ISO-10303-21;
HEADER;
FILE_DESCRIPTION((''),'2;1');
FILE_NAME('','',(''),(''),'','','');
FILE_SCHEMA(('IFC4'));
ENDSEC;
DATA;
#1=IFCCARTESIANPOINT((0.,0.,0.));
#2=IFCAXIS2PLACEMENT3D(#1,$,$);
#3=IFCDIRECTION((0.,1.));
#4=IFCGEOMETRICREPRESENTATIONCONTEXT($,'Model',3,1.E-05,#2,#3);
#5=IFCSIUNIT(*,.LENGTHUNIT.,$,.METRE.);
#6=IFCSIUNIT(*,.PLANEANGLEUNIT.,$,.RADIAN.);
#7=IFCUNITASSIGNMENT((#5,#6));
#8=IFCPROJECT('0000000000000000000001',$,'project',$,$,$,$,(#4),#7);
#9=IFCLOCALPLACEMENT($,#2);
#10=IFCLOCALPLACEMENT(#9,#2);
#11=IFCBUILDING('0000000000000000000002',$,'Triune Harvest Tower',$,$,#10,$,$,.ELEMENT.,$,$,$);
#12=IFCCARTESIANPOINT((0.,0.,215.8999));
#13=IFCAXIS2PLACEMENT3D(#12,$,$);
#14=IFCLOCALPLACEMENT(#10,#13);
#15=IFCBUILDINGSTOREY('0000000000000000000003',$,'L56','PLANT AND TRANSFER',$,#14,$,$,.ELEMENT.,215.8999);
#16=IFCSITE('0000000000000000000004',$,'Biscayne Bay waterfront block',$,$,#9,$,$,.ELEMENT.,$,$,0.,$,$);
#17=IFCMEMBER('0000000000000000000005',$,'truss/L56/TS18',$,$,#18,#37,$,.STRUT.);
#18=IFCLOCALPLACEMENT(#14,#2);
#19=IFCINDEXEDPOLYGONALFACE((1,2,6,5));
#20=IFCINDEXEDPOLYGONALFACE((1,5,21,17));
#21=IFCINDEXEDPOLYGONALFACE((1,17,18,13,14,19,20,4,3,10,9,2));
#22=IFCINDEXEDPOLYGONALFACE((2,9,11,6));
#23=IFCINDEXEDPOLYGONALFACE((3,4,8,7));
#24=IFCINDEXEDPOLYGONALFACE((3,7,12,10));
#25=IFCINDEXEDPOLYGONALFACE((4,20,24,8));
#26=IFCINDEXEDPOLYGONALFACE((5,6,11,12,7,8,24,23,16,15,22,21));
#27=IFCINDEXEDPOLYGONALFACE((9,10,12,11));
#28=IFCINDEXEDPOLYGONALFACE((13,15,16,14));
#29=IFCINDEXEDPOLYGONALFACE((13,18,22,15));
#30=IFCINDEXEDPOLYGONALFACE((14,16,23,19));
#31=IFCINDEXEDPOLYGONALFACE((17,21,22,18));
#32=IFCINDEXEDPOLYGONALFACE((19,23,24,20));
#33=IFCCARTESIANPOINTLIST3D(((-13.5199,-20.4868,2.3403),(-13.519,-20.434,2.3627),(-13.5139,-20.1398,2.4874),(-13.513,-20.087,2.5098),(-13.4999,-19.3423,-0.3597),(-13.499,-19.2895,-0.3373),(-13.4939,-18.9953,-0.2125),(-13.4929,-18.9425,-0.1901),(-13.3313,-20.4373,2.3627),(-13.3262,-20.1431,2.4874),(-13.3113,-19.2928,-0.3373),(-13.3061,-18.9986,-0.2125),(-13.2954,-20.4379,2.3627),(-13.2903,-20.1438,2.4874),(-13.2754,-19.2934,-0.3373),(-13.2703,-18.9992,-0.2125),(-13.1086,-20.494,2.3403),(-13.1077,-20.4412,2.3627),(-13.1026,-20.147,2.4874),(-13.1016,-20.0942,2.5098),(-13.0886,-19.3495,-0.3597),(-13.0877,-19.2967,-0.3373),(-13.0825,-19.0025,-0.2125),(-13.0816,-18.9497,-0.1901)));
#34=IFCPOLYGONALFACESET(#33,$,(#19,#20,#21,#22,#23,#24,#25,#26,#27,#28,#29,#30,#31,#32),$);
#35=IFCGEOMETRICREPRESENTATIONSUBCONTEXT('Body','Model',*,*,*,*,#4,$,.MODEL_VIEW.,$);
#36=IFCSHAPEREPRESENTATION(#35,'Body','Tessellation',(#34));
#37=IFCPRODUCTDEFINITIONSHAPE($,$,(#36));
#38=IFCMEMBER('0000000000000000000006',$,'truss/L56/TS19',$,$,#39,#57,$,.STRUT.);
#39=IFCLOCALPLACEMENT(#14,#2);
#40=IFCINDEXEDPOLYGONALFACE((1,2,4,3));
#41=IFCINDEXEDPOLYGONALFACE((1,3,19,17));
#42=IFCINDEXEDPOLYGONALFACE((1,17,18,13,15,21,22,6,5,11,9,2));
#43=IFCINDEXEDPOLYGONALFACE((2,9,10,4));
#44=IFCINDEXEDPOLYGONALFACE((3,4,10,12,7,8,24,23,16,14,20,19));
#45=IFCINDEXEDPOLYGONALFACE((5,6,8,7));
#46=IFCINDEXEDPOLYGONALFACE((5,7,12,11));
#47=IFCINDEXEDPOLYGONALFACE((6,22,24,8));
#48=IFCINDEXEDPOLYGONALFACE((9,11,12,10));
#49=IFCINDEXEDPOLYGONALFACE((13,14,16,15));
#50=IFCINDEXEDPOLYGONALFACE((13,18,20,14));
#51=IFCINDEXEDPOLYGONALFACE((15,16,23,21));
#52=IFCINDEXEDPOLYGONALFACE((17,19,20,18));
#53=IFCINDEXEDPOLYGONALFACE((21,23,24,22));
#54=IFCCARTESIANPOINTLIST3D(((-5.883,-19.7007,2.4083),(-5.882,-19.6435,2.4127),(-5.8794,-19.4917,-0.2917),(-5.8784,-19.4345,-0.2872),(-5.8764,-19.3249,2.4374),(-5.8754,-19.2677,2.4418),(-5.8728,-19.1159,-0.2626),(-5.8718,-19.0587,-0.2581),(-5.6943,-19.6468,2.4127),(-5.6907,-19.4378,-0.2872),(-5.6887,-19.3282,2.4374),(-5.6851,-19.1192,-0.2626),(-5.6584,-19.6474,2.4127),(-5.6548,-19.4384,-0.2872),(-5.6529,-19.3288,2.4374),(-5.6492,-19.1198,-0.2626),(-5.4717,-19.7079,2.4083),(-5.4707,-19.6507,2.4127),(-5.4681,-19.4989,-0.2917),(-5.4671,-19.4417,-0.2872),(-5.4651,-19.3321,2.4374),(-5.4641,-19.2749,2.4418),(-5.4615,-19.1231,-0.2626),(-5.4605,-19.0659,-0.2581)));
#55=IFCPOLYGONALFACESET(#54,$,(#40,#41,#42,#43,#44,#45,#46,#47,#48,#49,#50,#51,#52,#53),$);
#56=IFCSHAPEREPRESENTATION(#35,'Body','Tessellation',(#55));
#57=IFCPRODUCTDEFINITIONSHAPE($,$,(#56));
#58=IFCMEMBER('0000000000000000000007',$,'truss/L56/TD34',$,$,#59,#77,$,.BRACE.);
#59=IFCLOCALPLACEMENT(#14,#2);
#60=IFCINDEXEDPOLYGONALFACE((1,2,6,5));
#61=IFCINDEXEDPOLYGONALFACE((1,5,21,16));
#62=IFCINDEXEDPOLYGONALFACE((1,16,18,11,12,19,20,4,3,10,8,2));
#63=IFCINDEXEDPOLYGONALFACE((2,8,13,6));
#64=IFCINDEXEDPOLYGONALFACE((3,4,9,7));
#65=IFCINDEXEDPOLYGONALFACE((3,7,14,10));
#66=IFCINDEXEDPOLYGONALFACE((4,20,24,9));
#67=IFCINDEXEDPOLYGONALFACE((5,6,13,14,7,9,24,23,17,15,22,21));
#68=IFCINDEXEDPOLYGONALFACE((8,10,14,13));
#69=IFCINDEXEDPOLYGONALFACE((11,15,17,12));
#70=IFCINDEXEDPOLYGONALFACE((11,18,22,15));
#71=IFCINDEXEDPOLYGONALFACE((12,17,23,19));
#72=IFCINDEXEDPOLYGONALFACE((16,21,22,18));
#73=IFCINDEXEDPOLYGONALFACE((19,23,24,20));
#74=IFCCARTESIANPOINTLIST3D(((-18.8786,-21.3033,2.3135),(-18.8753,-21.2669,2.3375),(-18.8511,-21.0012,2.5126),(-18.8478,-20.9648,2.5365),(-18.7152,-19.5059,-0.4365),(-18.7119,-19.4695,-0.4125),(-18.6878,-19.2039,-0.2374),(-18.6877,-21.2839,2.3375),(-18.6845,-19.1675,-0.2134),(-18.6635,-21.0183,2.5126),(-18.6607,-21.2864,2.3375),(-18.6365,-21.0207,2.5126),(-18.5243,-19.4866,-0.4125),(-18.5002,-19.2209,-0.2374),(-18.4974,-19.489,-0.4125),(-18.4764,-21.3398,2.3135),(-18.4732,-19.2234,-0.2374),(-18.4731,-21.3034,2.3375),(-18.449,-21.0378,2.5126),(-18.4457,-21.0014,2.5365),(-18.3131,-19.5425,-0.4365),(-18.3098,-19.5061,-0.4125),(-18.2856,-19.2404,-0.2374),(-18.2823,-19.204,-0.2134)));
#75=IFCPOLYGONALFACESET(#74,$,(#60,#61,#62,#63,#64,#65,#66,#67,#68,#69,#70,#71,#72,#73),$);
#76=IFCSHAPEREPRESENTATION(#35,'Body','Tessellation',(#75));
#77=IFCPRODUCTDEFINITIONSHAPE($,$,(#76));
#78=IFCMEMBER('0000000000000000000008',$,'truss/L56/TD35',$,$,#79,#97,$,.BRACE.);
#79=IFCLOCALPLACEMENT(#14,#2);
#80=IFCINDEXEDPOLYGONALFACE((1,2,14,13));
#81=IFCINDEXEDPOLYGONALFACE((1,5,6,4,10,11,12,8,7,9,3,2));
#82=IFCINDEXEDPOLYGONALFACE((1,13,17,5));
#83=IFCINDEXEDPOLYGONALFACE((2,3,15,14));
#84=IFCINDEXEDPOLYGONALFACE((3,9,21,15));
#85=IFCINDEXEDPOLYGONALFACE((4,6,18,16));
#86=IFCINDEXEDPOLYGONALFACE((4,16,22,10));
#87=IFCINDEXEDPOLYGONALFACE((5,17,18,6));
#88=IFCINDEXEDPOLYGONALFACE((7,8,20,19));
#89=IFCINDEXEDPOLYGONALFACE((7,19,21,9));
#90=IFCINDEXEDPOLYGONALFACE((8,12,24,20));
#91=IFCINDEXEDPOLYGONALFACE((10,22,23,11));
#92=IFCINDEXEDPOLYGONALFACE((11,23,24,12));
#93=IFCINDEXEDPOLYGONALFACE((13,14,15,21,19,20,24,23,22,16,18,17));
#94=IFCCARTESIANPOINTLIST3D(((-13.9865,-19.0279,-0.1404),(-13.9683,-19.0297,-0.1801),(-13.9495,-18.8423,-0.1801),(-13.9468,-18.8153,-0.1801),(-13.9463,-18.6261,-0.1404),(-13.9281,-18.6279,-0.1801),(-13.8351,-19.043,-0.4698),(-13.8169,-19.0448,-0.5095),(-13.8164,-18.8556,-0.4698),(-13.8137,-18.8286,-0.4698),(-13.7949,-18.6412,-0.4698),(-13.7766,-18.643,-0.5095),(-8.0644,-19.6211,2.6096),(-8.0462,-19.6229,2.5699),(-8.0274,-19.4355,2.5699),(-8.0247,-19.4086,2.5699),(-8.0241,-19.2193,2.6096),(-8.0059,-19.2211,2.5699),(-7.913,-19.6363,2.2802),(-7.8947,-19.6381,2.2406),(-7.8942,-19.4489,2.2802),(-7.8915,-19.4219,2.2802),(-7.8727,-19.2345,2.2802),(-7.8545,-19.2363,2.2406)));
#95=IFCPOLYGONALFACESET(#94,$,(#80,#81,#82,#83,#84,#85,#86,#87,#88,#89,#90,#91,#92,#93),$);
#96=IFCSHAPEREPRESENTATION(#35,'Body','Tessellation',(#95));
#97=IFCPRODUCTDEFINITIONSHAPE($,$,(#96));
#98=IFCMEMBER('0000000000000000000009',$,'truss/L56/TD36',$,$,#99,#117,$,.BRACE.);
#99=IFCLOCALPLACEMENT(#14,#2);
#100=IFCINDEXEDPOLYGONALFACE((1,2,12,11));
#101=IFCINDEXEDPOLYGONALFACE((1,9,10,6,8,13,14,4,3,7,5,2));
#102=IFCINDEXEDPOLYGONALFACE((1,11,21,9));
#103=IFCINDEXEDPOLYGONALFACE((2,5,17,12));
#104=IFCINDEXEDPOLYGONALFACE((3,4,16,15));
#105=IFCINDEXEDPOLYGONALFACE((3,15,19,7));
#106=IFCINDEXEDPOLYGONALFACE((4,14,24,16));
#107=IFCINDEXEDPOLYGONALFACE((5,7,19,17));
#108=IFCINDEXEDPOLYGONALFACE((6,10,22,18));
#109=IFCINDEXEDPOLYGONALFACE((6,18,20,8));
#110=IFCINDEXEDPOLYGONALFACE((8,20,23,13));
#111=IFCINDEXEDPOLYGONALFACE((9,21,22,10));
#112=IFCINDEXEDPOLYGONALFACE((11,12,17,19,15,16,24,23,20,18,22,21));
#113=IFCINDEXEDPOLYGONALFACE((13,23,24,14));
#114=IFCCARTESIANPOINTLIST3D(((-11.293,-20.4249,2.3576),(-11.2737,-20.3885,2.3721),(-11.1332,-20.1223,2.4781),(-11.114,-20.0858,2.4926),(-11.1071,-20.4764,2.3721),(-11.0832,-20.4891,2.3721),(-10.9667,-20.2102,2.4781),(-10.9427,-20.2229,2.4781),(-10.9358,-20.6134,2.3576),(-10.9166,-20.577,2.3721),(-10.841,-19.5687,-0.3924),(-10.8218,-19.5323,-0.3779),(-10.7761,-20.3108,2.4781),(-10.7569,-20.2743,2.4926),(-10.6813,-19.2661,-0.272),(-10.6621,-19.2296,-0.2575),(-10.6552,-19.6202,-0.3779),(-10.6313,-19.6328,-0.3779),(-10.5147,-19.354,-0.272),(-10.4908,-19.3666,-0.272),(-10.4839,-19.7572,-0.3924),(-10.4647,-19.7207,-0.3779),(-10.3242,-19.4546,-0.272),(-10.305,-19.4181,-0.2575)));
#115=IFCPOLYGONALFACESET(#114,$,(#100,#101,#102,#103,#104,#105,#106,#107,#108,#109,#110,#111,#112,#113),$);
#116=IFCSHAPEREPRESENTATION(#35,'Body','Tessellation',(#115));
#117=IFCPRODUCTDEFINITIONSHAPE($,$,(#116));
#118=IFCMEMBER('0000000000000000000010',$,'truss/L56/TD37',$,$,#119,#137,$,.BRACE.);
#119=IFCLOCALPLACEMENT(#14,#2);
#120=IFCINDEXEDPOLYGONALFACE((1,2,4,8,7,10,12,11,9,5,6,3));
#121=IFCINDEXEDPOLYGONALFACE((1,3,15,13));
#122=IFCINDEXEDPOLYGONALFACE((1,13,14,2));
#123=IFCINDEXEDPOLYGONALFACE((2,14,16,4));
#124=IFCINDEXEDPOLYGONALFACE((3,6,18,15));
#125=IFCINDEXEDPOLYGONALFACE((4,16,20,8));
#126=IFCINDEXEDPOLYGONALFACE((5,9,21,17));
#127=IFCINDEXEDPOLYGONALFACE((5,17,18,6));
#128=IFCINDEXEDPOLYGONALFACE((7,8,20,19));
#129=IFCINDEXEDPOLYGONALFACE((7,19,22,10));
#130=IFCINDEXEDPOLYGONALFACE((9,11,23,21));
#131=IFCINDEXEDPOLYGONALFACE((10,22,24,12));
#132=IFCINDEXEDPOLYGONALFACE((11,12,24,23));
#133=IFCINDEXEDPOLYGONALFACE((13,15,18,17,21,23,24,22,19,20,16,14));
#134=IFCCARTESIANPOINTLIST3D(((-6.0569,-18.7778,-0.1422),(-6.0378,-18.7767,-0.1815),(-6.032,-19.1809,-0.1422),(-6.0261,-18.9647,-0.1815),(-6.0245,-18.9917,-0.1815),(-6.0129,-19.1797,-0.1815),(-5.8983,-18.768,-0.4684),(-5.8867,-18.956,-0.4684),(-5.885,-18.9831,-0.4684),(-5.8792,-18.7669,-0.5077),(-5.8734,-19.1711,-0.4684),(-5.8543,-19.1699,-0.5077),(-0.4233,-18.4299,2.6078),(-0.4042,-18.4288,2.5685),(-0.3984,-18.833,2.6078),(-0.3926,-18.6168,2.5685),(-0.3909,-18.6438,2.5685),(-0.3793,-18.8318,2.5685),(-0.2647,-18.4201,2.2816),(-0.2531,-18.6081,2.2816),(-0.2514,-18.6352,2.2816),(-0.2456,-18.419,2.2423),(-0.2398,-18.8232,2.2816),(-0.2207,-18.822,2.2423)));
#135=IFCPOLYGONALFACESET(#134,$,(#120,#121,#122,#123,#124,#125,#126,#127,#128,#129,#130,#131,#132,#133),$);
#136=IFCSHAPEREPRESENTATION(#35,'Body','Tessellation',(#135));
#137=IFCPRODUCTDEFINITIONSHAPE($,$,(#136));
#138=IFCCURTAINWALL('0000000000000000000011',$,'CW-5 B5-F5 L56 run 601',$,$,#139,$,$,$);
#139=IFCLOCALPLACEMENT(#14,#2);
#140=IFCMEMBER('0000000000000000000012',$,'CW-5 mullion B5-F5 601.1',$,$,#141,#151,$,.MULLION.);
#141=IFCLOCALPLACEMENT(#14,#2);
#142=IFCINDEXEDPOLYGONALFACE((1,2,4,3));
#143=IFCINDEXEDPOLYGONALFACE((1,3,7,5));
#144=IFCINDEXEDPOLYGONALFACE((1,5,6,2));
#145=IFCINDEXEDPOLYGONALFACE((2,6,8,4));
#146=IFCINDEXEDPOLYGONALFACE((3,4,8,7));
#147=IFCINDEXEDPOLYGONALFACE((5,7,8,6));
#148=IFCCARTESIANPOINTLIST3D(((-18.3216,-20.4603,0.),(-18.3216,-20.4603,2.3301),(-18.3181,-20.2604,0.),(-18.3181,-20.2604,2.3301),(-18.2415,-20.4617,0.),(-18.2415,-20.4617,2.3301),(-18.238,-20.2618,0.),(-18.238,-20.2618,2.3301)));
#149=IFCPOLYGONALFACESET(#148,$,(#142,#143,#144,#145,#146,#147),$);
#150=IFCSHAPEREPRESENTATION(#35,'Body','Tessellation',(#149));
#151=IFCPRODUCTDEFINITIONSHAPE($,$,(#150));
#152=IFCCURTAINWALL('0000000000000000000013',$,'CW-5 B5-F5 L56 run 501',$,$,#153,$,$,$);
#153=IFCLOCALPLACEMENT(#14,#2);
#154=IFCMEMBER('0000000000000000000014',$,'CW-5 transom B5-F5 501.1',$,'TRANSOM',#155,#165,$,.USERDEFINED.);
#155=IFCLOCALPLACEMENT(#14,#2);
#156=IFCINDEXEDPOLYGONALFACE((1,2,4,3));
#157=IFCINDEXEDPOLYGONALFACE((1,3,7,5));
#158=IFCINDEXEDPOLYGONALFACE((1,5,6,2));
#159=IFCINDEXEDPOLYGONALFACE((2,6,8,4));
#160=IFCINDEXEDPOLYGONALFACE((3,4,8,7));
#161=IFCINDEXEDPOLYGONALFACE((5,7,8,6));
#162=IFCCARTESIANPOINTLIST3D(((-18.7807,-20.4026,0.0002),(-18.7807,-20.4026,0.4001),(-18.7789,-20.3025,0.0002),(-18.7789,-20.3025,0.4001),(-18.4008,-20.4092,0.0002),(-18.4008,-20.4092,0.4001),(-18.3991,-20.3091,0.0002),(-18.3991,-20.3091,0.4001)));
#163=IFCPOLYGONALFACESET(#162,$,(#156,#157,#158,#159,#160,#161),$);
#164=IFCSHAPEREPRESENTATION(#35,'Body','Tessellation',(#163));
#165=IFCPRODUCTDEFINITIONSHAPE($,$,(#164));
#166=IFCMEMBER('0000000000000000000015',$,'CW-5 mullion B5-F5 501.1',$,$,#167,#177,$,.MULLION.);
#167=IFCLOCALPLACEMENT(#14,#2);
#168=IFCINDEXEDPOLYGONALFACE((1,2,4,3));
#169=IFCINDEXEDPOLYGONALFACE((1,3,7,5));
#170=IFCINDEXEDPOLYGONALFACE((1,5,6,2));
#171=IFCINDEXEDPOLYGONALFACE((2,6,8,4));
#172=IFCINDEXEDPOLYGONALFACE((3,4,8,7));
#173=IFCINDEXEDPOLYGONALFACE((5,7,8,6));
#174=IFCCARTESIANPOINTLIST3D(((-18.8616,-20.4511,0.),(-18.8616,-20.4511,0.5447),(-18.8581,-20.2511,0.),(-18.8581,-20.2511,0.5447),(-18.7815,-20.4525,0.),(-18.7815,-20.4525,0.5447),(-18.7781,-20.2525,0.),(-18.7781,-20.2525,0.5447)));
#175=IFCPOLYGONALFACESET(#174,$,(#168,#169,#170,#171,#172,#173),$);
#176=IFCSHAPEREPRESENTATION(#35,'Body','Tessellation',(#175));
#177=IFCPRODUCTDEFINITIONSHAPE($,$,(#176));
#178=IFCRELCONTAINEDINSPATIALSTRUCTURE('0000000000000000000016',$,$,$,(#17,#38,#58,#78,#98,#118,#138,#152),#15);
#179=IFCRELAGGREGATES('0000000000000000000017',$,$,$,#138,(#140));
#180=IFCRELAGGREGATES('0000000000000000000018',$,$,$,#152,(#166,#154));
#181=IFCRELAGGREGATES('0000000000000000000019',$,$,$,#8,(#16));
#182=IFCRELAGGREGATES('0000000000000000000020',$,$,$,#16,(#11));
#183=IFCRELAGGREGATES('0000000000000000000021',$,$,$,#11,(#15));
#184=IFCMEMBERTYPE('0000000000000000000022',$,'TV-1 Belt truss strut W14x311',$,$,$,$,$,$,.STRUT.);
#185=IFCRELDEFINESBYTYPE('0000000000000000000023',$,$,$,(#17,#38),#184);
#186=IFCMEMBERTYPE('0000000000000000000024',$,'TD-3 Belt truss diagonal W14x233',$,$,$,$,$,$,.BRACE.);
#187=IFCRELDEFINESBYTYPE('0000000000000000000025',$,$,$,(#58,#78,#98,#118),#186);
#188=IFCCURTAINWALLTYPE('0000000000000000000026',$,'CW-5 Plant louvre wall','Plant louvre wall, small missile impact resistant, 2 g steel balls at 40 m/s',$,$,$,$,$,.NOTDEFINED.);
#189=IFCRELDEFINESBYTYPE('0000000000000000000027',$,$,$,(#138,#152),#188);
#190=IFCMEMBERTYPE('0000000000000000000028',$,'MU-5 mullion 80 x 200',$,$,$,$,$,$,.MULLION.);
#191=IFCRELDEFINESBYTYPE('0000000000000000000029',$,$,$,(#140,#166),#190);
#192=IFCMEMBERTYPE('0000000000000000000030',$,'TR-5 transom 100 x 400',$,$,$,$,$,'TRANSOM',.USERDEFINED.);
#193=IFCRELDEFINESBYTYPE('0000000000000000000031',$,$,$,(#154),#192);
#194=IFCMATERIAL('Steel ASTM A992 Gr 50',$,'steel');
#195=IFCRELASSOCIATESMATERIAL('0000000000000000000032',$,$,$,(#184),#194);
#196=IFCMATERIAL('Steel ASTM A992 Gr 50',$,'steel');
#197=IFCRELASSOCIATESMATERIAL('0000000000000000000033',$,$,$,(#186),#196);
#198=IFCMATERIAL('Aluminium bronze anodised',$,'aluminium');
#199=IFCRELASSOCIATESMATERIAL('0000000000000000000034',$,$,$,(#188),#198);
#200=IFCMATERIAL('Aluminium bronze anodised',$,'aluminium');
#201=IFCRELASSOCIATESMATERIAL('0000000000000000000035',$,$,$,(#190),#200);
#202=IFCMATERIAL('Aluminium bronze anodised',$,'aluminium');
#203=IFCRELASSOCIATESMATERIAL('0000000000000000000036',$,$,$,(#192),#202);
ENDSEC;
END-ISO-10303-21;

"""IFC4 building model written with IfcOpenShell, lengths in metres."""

from ifc_helpers import new_model, si_unit, direction, frame, origin, origin_2d, place, context, subcontext, project, spatial, rectangle, i_section, extrude, source, transform, mapped, material, material_profile, profile_set, type_object, element, aggregate, save


model = new_model("IFC4")

# Units and contexts
model_context = context("Model", 3, precision=1e-05, world=origin(), true_north=direction((0.0, 1.0)))
body_context = subcontext(model_context, "Body", "Model", "MODEL_VIEW")
ifc_project = project(units=[si_unit("LENGTHUNIT", "METRE"), si_unit("PLANEANGLEUNIT", "RADIAN")], contexts=[model_context])

# Site, building, storey
site_placement = place(None, origin())
site = spatial("IfcSite", under=ifc_project, at=site_placement, Name="Biscayne Bay waterfront block", CompositionType="ELEMENT", RefElevation=0.0)
building_placement = place(site_placement, origin())
building = spatial("IfcBuilding", under=site, at=building_placement, Name="Triune Harvest Tower", CompositionType="ELEMENT")
storey_placement = place(building_placement, frame((0.0, 0.0, 215.8999)))
storey = spatial("IfcBuildingStorey", under=building, at=storey_placement, Name="L56", Description="PLANT AND TRANSFER", CompositionType="ELEMENT", Elevation=215.8999)

# Members
ifc_material_1 = material(Name="Steel ASTM A992 Gr 50", Category="steel")
ifc_material_profile_1 = material_profile(ifc_material_1, i_section(OverallWidth=0.4114, OverallDepth=0.4343, WebThickness=0.0359, FlangeThickness=0.0574, at=origin_2d()), Name="W14x311")
ifc_profile_set_1 = profile_set([ifc_material_profile_1], Name="Steel ASTM A992 Gr 50")
member_type_1 = type_object("IfcMemberType", Name="TV-1 Belt truss strut W14x311", PredefinedType="STRUT", material=ifc_profile_set_1)
shared_shape_1 = source(origin(), body_context, "Body", "SweptSolid", [
    extrude(i_section(OverallWidth=0.4114, OverallDepth=0.4343, WebThickness=0.0359, FlangeThickness=0.0574, at=origin_2d()), origin(), (0.0, 0.0, 1.0), 2.9326),
])
member_1_placement = place(storey_placement, frame((-13.2908, -19.146, -0.2749), z_axis=(-0.006827, -0.39028, 0.920671), x_axis=(0.999847, -0.017489, 0.0)))
element("IfcMember", 1, at=member_1_placement, inside=storey, type_object=member_type_1, Name="truss/L56/TS18", PredefinedType="STRUT", context=body_context, shape_type="MappedRepresentation", body=[
    mapped(shared_shape_1, transform((0.0, 0.0, 0.0), scale=1.0)),
])
shared_shape_2 = source(origin(), body_context, "Body", "SweptSolid", [
    extrude(i_section(OverallWidth=0.4114, OverallDepth=0.4343, WebThickness=0.0359, FlangeThickness=0.0574, at=origin_2d()), origin(), (0.0, 0.0, 1.0), 2.708),
])
member_2_placement = place(storey_placement, frame((-5.6699, -19.2788, -0.2749), z_axis=(-0.001352, -0.077172, 0.997017), x_axis=(0.999847, -0.017521, 0.0)))
element("IfcMember", 2, at=member_2_placement, inside=storey, type_object=member_type_1, Name="truss/L56/TS19", PredefinedType="STRUT", context=body_context, shape_type="MappedRepresentation", body=[
    mapped(shared_shape_2, transform((0.0, 0.0, 0.0), scale=1.0)),
])
ifc_material_2 = material(Name="Steel ASTM A992 Gr 50", Category="steel")
ifc_material_profile_2 = material_profile(ifc_material_2, i_section(OverallWidth=0.4038, OverallDepth=0.4065, WebThickness=0.0271, FlangeThickness=0.0437, at=origin_2d()), Name="W14x233")
ifc_profile_set_2 = profile_set([ifc_material_profile_2], Name="Steel ASTM A992 Gr 50")
member_type_2 = type_object("IfcMemberType", Name="TD-3 Belt truss diagonal W14x233", PredefinedType="BRACE", material=ifc_profile_set_2)
shared_shape_3 = source(origin(), body_context, "Body", "SweptSolid", [
    extrude(i_section(OverallWidth=0.4038, OverallDepth=0.4065, WebThickness=0.0271, FlangeThickness=0.0437, at=origin_2d()), origin(), (0.0, 0.0, 1.0), 3.2893),
])
member_3_placement = place(storey_placement, frame((-18.4988, -19.355, -0.325), z_axis=(-0.049655, -0.546422, 0.836037), x_axis=(0.995897, -0.090499, 0.0)))
element("IfcMember", 3, at=member_3_placement, inside=storey, type_object=member_type_2, Name="truss/L56/TD34", PredefinedType="BRACE", context=body_context, shape_type="MappedRepresentation", body=[
    mapped(shared_shape_3, transform((0.0, 0.0, 0.0), scale=1.0)),
])
shared_shape_4 = source(origin(), body_context, "Body", "SweptSolid", [
    extrude(i_section(OverallWidth=0.4038, OverallDepth=0.4065, WebThickness=0.0271, FlangeThickness=0.0437, at=origin_2d()), origin(), (0.0, 0.0, 1.0), 6.5564),
])
member_4_placement = place(storey_placement, frame((-13.8816, -18.8354, -0.325), z_axis=(0.903262, -0.090486, 0.41944), x_axis=(0.099678, 0.99502, 0.0)))
element("IfcMember", 4, at=member_4_placement, inside=storey, type_object=member_type_2, Name="truss/L56/TD35", PredefinedType="BRACE", context=body_context, shape_type="MappedRepresentation", body=[
    mapped(shared_shape_4, transform((0.0, 0.0, 0.0), scale=1.0)),
])
shared_shape_5 = source(origin(), body_context, "Body", "SweptSolid", [
    extrude(i_section(OverallWidth=0.4038, OverallDepth=0.4065, WebThickness=0.0271, FlangeThickness=0.0437, at=origin_2d()), origin(), (0.0, 0.0, 1.0), 2.9155),
])
member_5_placement = place(storey_placement, frame((-10.573, -19.4934, -0.325), z_axis=(-0.155004, -0.293678, 0.943253), x_axis=(0.884376, -0.466775, 0.0)))
element("IfcMember", 5, at=member_5_placement, inside=storey, type_object=member_type_2, Name="truss/L56/TD36", PredefinedType="BRACE", context=body_context, shape_type="MappedRepresentation", body=[
    mapped(shared_shape_5, transform((0.0, 0.0, 0.0), scale=1.0)),
])
shared_shape_6 = source(origin(), body_context, "Body", "SweptSolid", [
    extrude(i_section(OverallWidth=0.4038, OverallDepth=0.4065, WebThickness=0.0271, FlangeThickness=0.0437, at=origin_2d()), origin(), (0.0, 0.0, 1.0), 6.2786),
])
member_6_placement = place(storey_placement, frame((-5.9556, -18.9739, -0.325), z_axis=(0.897266, 0.055411, 0.437998), x_axis=(-0.061638, 0.998099, 0.0)))
element("IfcMember", 6, at=member_6_placement, inside=storey, type_object=member_type_2, Name="truss/L56/TD37", PredefinedType="BRACE", context=body_context, shape_type="MappedRepresentation", body=[
    mapped(shared_shape_6, transform((0.0, 0.0, 0.0), scale=1.0)),
])

# Curtain wall, member
ifc_material_3 = material(Name="Aluminium bronze anodised", Category="aluminium")
curtain_wall_type = type_object("IfcCurtainWallType", Name="CW-5 Plant louvre wall", Description="Plant louvre wall, small missile impact resistant, 2 g steel balls at 40 m/s", PredefinedType="NOTDEFINED", material=ifc_material_3)
curtain_wall_1_placement = place(storey_placement, origin())
curtain_wall_1 = element("IfcCurtainWall", 7, at=curtain_wall_1_placement, inside=storey, type_object=curtain_wall_type, Name="CW-5 B5-F5 L56 run 601")
ifc_material_4 = material(Name="Aluminium bronze anodised", Category="aluminium")
ifc_material_profile_3 = material_profile(ifc_material_4, rectangle(XDim=0.2, YDim=0.0801, at=origin_2d()), Name="MU-5 mullion 80 x 200")
ifc_profile_set_3 = profile_set([ifc_material_profile_3], Name="Aluminium bronze anodised")
member_type_3 = type_object("IfcMemberType", Name="MU-5 mullion 80 x 200", PredefinedType="MULLION", material=ifc_profile_set_3)
shared_shape_7 = source(origin(), body_context, "Body", "SweptSolid", [
    extrude(rectangle(XDim=0.2, YDim=0.0801, at=origin_2d()), origin(), (0.0, 0.0, 1.0), 2.3301),
])
member_7_placement = place(storey_placement, frame((-18.2798, -20.3611, 0.0), z_axis=(0.0, 0.0, 1.0), x_axis=(0.017446, 0.999848, 0.0)))
member_7 = element("IfcMember", 8, at=member_7_placement, type_object=member_type_3, Name="CW-5 mullion B5-F5 601.1", PredefinedType="MULLION", context=body_context, shape_type="MappedRepresentation", body=[
    mapped(shared_shape_7, transform((0.0, 0.0, 0.0), scale=1.0)),
])
aggregate(curtain_wall_1, [member_7])

# Curtain wall, members
curtain_wall_2_placement = place(storey_placement, origin())
curtain_wall_2 = element("IfcCurtainWall", 9, at=curtain_wall_2_placement, inside=storey, type_object=curtain_wall_type, Name="CW-5 B5-F5 L56 run 501")
ifc_material_5 = material(Name="Aluminium bronze anodised", Category="aluminium")
ifc_material_profile_4 = material_profile(ifc_material_5, rectangle(XDim=0.1001, YDim=0.3999, at=origin_2d()), Name="TR-5 transom 100 x 400")
ifc_profile_set_4 = profile_set([ifc_material_profile_4], Name="Aluminium bronze anodised")
member_type_4 = type_object("IfcMemberType", Name="TR-5 transom 100 x 400", ElementType="TRANSOM", PredefinedType="USERDEFINED", material=ifc_profile_set_4)
shared_shape_8 = source(origin(), body_context, "Body", "SweptSolid", [
    extrude(rectangle(XDim=0.1001, YDim=0.3999, at=origin_2d()), origin(), (0.0, 0.0, 1.0), 0.3799),
])
member_8_placement = place(storey_placement, frame((-18.7798, -20.3525, 0.2002), z_axis=(0.999849, -0.01735, 0.0), x_axis=(0.01735, 0.999849, 0.0)))
member_8 = element("IfcMember", 10, at=member_8_placement, type_object=member_type_4, Name="CW-5 transom B5-F5 501.1", ObjectType="TRANSOM", PredefinedType="USERDEFINED", context=body_context, shape_type="MappedRepresentation", body=[
    mapped(shared_shape_8, transform((0.0, 0.0, 0.0), scale=1.0)),
])
shared_shape_9 = source(origin(), body_context, "Body", "SweptSolid", [
    extrude(rectangle(XDim=0.2, YDim=0.0801, at=origin_2d()), origin(), (0.0, 0.0, 1.0), 0.5447),
])
member_9_placement = place(storey_placement, frame((-18.8198, -20.3518, 0.0), z_axis=(0.0, 0.0, 1.0), x_axis=(0.017411, 0.999848, 0.0)))
member_9 = element("IfcMember", 11, at=member_9_placement, type_object=member_type_3, Name="CW-5 mullion B5-F5 501.1", PredefinedType="MULLION", context=body_context, shape_type="MappedRepresentation", body=[
    mapped(shared_shape_9, transform((0.0, 0.0, 0.0), scale=1.0)),
])
aggregate(curtain_wall_2, [member_9, member_8])

save(model, "model.ifc")
